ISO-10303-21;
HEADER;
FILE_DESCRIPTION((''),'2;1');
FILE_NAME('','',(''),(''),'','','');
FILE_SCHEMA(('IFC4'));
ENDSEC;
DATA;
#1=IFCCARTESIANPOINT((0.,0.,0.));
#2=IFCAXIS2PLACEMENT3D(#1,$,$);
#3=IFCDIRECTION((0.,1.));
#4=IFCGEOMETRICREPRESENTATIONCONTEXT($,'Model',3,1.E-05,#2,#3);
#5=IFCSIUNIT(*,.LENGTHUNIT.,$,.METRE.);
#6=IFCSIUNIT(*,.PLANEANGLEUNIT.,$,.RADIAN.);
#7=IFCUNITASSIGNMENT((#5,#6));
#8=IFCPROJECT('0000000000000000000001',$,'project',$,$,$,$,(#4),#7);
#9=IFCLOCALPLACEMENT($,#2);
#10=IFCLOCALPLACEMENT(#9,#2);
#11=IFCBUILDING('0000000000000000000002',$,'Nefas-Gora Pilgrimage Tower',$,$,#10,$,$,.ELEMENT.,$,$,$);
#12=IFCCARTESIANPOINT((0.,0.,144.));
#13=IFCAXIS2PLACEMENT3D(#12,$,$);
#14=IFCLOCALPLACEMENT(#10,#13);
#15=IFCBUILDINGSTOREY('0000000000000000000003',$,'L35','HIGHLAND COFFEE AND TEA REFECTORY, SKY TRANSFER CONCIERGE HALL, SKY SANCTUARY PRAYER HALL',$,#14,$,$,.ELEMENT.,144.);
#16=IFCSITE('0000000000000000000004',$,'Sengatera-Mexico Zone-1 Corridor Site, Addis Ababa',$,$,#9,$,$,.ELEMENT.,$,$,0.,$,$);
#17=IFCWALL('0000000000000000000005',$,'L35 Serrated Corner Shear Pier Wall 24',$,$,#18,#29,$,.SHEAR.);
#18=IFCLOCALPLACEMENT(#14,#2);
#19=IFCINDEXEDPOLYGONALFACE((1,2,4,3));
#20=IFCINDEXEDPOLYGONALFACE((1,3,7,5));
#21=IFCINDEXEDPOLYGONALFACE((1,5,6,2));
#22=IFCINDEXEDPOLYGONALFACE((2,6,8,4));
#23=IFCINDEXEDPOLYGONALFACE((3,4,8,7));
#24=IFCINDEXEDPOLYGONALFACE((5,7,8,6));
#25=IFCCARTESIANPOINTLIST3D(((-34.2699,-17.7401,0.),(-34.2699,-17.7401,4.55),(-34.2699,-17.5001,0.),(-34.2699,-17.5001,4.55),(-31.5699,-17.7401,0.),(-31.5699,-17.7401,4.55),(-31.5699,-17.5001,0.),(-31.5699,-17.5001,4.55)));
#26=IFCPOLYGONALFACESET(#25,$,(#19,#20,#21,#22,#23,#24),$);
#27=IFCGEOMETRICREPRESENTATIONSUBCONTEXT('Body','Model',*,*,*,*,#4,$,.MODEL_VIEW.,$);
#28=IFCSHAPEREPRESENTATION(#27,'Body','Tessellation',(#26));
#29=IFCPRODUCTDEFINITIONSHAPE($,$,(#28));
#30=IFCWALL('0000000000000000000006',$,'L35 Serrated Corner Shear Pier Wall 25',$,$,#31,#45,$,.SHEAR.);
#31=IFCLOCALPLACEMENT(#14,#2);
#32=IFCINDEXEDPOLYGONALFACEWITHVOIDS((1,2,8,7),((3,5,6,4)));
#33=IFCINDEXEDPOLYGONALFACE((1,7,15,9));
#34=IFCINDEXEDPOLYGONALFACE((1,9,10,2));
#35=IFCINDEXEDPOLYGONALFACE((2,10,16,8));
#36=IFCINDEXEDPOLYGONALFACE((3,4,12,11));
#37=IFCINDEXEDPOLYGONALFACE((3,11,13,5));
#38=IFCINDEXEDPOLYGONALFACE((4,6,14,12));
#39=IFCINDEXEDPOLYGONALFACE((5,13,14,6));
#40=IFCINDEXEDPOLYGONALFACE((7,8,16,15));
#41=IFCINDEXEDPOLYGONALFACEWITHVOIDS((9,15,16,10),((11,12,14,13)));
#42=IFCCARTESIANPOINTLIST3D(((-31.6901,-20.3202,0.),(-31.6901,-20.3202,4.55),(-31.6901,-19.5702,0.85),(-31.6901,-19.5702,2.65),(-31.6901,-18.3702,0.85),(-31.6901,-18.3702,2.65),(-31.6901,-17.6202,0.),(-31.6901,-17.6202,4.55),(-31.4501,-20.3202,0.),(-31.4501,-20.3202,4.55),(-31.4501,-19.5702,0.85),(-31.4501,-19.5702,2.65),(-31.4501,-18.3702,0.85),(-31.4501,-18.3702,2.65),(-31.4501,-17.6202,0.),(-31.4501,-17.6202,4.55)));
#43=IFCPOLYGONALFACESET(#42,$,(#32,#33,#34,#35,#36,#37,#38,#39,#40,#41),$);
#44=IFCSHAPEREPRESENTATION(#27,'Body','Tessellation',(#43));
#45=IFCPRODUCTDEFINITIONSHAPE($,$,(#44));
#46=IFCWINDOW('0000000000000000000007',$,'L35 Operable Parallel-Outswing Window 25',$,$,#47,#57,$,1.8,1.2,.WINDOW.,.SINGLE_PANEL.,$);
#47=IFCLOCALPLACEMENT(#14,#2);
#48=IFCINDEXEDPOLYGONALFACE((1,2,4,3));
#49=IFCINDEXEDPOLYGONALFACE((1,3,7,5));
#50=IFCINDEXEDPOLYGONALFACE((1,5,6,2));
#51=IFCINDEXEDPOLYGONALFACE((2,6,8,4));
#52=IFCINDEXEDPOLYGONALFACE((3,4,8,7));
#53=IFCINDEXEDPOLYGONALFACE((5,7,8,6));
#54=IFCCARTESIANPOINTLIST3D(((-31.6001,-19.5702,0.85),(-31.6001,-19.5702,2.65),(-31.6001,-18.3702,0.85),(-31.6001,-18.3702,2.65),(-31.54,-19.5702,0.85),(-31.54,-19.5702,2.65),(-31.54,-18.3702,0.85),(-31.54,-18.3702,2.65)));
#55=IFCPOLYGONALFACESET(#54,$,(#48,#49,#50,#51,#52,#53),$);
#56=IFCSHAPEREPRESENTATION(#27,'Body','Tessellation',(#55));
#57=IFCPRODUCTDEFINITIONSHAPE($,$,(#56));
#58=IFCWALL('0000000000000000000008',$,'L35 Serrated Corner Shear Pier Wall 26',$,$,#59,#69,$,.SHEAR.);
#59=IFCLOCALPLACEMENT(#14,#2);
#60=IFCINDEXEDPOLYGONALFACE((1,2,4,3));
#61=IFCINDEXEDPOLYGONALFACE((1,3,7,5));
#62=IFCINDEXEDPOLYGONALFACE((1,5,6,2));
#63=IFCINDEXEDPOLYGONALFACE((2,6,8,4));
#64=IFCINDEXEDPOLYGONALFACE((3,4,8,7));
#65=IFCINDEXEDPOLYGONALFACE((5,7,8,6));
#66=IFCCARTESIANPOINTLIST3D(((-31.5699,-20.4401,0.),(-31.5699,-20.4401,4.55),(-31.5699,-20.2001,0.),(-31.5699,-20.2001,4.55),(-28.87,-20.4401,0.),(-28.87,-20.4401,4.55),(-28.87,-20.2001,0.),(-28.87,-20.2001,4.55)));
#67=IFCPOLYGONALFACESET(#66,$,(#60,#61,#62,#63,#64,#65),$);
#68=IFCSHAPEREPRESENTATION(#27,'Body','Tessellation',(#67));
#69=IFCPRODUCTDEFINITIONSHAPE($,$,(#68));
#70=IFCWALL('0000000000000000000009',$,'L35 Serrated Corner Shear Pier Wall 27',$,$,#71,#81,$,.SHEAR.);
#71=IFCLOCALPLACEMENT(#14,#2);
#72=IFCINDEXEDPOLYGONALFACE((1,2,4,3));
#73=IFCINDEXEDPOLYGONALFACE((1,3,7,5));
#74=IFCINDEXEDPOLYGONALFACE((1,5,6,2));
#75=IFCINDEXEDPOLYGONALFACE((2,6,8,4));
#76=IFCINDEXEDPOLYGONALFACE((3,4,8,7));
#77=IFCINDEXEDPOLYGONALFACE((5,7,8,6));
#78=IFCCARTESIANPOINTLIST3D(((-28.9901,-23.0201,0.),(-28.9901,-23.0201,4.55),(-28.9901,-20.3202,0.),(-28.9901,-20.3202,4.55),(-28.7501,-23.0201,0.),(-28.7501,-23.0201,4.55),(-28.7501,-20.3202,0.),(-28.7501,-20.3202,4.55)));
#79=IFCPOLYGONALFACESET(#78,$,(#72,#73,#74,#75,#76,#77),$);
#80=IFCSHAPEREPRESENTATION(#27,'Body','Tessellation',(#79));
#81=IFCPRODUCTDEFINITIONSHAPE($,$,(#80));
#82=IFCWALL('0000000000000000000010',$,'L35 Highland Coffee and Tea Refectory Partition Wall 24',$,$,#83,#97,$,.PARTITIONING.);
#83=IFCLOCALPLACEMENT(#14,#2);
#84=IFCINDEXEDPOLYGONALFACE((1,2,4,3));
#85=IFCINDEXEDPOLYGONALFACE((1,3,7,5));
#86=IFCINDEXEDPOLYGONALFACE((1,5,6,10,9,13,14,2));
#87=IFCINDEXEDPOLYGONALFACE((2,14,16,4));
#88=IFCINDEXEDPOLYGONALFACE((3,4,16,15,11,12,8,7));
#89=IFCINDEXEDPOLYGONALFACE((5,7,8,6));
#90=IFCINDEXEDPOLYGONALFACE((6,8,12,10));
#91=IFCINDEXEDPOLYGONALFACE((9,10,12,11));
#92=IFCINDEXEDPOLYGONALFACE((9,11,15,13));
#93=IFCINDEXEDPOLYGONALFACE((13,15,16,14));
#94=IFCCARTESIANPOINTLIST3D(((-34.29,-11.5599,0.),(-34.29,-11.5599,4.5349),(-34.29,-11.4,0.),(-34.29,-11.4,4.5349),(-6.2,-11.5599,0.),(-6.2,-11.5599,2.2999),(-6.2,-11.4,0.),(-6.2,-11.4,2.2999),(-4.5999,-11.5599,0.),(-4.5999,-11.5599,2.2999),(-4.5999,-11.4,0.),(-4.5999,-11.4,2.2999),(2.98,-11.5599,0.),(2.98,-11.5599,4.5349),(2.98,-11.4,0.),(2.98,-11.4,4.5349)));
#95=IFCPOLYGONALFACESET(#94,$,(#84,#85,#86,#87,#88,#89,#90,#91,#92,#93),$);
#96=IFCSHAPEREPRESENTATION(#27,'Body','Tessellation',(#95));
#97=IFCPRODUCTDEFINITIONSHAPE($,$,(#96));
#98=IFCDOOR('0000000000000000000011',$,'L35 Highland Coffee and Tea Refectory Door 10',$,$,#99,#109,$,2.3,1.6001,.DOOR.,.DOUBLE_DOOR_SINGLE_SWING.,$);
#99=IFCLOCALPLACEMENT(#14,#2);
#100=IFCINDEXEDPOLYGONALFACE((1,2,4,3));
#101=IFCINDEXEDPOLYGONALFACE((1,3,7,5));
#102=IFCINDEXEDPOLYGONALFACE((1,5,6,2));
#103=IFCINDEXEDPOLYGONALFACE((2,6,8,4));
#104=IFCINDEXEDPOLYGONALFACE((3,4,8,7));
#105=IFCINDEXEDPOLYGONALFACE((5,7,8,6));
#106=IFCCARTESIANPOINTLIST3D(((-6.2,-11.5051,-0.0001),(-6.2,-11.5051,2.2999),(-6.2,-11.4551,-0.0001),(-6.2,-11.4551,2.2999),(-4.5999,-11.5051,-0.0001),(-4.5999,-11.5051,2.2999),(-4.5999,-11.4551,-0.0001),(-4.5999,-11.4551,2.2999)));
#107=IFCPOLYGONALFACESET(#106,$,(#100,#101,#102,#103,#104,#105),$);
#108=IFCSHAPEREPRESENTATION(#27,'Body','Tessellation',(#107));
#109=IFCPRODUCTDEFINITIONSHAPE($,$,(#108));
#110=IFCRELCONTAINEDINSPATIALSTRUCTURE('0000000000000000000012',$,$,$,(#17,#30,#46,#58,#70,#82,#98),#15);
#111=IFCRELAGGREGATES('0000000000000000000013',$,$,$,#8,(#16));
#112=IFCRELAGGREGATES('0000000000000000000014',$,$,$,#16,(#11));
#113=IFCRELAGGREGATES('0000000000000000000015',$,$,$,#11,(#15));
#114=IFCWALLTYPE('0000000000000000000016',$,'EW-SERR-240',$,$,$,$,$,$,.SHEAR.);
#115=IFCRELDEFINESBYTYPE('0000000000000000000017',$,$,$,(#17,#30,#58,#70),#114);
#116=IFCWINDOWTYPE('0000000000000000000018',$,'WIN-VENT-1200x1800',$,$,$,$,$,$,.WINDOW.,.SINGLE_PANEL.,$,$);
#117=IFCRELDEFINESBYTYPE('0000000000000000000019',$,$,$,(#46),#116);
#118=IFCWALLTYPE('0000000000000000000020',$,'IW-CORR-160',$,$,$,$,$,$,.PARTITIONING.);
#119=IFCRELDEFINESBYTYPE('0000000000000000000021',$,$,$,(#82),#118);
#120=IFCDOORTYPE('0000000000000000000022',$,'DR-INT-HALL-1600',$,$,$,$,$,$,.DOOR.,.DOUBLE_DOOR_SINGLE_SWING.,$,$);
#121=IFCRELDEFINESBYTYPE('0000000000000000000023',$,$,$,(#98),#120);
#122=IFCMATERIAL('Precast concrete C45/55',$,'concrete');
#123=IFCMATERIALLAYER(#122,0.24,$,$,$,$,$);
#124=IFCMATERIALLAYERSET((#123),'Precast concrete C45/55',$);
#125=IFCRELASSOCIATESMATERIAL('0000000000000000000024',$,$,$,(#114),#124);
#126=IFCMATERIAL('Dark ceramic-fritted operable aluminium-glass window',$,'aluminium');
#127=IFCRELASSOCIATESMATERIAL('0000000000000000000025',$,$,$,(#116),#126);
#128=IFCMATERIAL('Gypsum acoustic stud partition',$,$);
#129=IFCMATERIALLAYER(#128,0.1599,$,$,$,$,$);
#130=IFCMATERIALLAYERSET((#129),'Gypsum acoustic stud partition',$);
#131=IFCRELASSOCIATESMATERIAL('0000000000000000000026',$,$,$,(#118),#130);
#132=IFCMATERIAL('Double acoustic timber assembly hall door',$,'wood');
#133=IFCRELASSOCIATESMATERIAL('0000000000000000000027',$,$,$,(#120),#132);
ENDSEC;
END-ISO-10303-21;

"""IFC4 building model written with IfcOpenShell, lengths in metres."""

from ifc_helpers import new_model, si_unit, direction, frame, frame_2d, origin, place, context, subcontext, project, spatial, rectangle, extrude, source, transform, mapped, material, layer, layer_set, type_object, element, fill, save


model = new_model("IFC4")

# Units and contexts
model_context = context("Model", 3, precision=1e-05, world=origin(), true_north=direction((0.0, 1.0)))
body_context = subcontext(model_context, "Body", "Model", "MODEL_VIEW")
ifc_project = project(units=[si_unit("LENGTHUNIT", "METRE"), si_unit("PLANEANGLEUNIT", "RADIAN")], contexts=[model_context])

# Site, building, storey
site_placement = place(None, origin())
site = spatial("IfcSite", under=ifc_project, at=site_placement, Name="Sengatera-Mexico Zone-1 Corridor Site, Addis Ababa", CompositionType="ELEMENT", RefElevation=0.0)
building_placement = place(site_placement, origin())
building = spatial("IfcBuilding", under=site, at=building_placement, Name="Nefas-Gora Pilgrimage Tower", CompositionType="ELEMENT")
storey_placement = place(building_placement, frame((0.0, 0.0, 144.0)))
storey = spatial("IfcBuildingStorey", under=building, at=storey_placement, Name="L35", Description="HIGHLAND COFFEE AND TEA REFECTORY, SKY TRANSFER CONCIERGE HALL, SKY SANCTUARY PRAYER HALL", CompositionType="ELEMENT", Elevation=144.0)

# Wall
ifc_material_1 = material(Name="Precast concrete C45/55", Category="concrete")
ifc_layer_1 = layer(ifc_material_1, 0.24)
ifc_layer_set_1 = layer_set([ifc_layer_1], Name="Precast concrete C45/55")
wall_type_1 = type_object("IfcWallType", Name="EW-SERR-240", PredefinedType="SHEAR", material=ifc_layer_set_1)
shared_shape_1 = source(origin(), body_context, "Body", "SweptSolid", [
    extrude(rectangle(XDim=2.7, YDim=0.24, at=frame_2d((1.3501, 0.0))), origin(), (0.0, 0.0, 1.0), 4.55),
])
wall_1_placement = place(storey_placement, frame((-34.27, -17.6201, 0.0), z_axis=(0.0, 0.0, 1.0), x_axis=(1.0, 0.0, 0.0)))
element("IfcWall", 1, at=wall_1_placement, inside=storey, type_object=wall_type_1, Name="L35 Serrated Corner Shear Pier Wall 24", PredefinedType="SHEAR", context=body_context, shape_type="MappedRepresentation", body=[
    mapped(shared_shape_1, transform((0.0, 0.0, 0.0), x_axis=(1.0, 0.0, 0.0), y_axis=(0.0, 1.0, 0.0), z_axis=(0.0, 0.0, 1.0), scale=1.0)),
])

# Wall, opening, window
wall_2_placement = place(storey_placement, frame((-31.5701, -17.6201, 0.0), z_axis=(0.0, 0.0, 1.0), x_axis=(0.0, -1.0, 0.0)))
wall_2 = element("IfcWall", 2, at=wall_2_placement, inside=storey, type_object=wall_type_1, Name="L35 Serrated Corner Shear Pier Wall 25", PredefinedType="SHEAR", context=body_context, shape_type="MappedRepresentation", body=[
    mapped(shared_shape_1, transform((0.0, 0.0, 0.0), x_axis=(1.0, 0.0, 0.0), y_axis=(0.0, 1.0, 0.0), z_axis=(0.0, 0.0, 1.0), scale=1.0)),
])
opening_1_placement = place(wall_2_placement, frame((0.75, 0.0, 0.8501)))
opening_1 = element("IfcOpeningElement", 3, at=opening_1_placement, cuts=wall_2, PredefinedType="OPENING", context=body_context, shape_type="SweptSolid", body=[
    extrude(rectangle(XDim=1.2, YDim=1.8, at=frame_2d((0.6001, 0.8999))), frame((0.0, 0.1299, 0.0), z_axis=(0.0, -1.0, 0.0), x_axis=(1.0, 0.0, 0.0)), (0.0, 0.0, 1.0), 0.26),
])
ifc_material_2 = material(Name="Dark ceramic-fritted operable aluminium-glass window", Category="aluminium")
window_type = type_object("IfcWindowType", Name="WIN-VENT-1200x1800", PartitioningType="SINGLE_PANEL", PredefinedType="WINDOW", material=ifc_material_2)
shared_shape_2 = source(origin(), body_context, "Body", "SweptSolid", [
    extrude(rectangle(XDim=1.2, YDim=1.8, at=frame_2d((0.6001, 0.8999))), frame((0.0, 0.03, 0.0), z_axis=(0.0, -1.0, 0.0), x_axis=(1.0, 0.0, 0.0)), (0.0, 0.0, 1.0), 0.0601),
])
window_placement = place(opening_1_placement, origin())
window = element("IfcWindow", 4, at=window_placement, inside=storey, type_object=window_type, Name="L35 Operable Parallel-Outswing Window 25", OverallHeight=1.8, OverallWidth=1.2, PartitioningType="SINGLE_PANEL", PredefinedType="WINDOW", context=body_context, shape_type="MappedRepresentation", body=[
    mapped(shared_shape_2, transform((0.0, 0.0, 0.0), x_axis=(1.0, 0.0, 0.0), y_axis=(0.0, 1.0, 0.0), z_axis=(0.0, 0.0, 1.0), scale=1.0)),
])
fill(opening_1, window)

# Walls
for number, where, z_axis, x_axis, name in (
    (5, (-31.5701, -20.3201, 0.0), (0.0, 0.0, 1.0), (1.0, 0.0, 0.0), "L35 Serrated Corner Shear Pier Wall 26"),
    (6, (-28.8701, -20.3201, 0.0), (0.0, 0.0, 1.0), (0.0, -1.0, 0.0), "L35 Serrated Corner Shear Pier Wall 27"),
):
    element("IfcWall", number, at=place(storey_placement, frame(where, z_axis=z_axis, x_axis=x_axis)), inside=storey, type_object=wall_type_1, Name=name, PredefinedType="SHEAR", context=body_context, shape_type="MappedRepresentation", body=[
        mapped(shared_shape_1, transform((0.0, 0.0, 0.0), x_axis=(1.0, 0.0, 0.0), y_axis=(0.0, 1.0, 0.0), z_axis=(0.0, 0.0, 1.0), scale=1.0)),
    ])

# Wall, opening, door
ifc_material_3 = material(Name="Gypsum acoustic stud partition")
ifc_layer_2 = layer(ifc_material_3, 0.1599)
ifc_layer_set_2 = layer_set([ifc_layer_2], Name="Gypsum acoustic stud partition")
wall_type_2 = type_object("IfcWallType", Name="IW-CORR-160", PredefinedType="PARTITIONING", material=ifc_layer_set_2)
shared_shape_3 = source(origin(), body_context, "Body", "SweptSolid", [
    extrude(rectangle(XDim=37.27, YDim=0.1599, at=frame_2d((18.635, 0.0))), origin(), (0.0, 0.0, 1.0), 4.5349),
])
wall_3_placement = place(storey_placement, frame((-34.29, -11.48, 0.0), z_axis=(0.0, 0.0, 1.0), x_axis=(1.0, 0.0, 0.0)))
wall_3 = element("IfcWall", 7, at=wall_3_placement, inside=storey, type_object=wall_type_2, Name="L35 Highland Coffee and Tea Refectory Partition Wall 24", PredefinedType="PARTITIONING", context=body_context, shape_type="MappedRepresentation", body=[
    mapped(shared_shape_3, transform((0.0, 0.0, 0.0), x_axis=(1.0, 0.0, 0.0), y_axis=(0.0, 1.0, 0.0), z_axis=(0.0, 0.0, 1.0), scale=1.0)),
])
opening_2_placement = place(wall_3_placement, frame((28.0901, 0.0, 0.0)))
opening_2 = element("IfcOpeningElement", 8, at=opening_2_placement, cuts=wall_3, PredefinedType="OPENING", context=body_context, shape_type="SweptSolid", body=[
    extrude(rectangle(XDim=1.6001, YDim=2.3, at=frame_2d((0.8, 1.1499))), frame((0.0, 0.0898, 0.0), z_axis=(0.0, -1.0, 0.0), x_axis=(1.0, 0.0, 0.0)), (0.0, 0.0, 1.0), 0.1799),
])
ifc_material_4 = material(Name="Double acoustic timber assembly hall door", Category="wood")
door_type = type_object("IfcDoorType", Name="DR-INT-HALL-1600", OperationType="DOUBLE_DOOR_SINGLE_SWING", PredefinedType="DOOR", material=ifc_material_4)
shared_shape_4 = source(origin(), body_context, "Body", "SweptSolid", [
    extrude(rectangle(XDim=1.6001, YDim=2.3, at=frame_2d((0.8, 1.1499))), frame((0.0, 0.0249, 0.0), z_axis=(0.0, -1.0, 0.0), x_axis=(1.0, 0.0, 0.0)), (0.0, 0.0, 1.0), 0.05),
])
door_placement = place(opening_2_placement, origin())
door = element("IfcDoor", 9, at=door_placement, inside=storey, type_object=door_type, Name="L35 Highland Coffee and Tea Refectory Door 10", OperationType="DOUBLE_DOOR_SINGLE_SWING", OverallHeight=2.3, OverallWidth=1.6001, PredefinedType="DOOR", context=body_context, shape_type="MappedRepresentation", body=[
    mapped(shared_shape_4, transform((0.0, 0.0, 0.0), x_axis=(1.0, 0.0, 0.0), y_axis=(0.0, 1.0, 0.0), z_axis=(0.0, 0.0, 1.0), scale=1.0)),
])
fill(opening_2, door)

save(model, "model.ifc")
